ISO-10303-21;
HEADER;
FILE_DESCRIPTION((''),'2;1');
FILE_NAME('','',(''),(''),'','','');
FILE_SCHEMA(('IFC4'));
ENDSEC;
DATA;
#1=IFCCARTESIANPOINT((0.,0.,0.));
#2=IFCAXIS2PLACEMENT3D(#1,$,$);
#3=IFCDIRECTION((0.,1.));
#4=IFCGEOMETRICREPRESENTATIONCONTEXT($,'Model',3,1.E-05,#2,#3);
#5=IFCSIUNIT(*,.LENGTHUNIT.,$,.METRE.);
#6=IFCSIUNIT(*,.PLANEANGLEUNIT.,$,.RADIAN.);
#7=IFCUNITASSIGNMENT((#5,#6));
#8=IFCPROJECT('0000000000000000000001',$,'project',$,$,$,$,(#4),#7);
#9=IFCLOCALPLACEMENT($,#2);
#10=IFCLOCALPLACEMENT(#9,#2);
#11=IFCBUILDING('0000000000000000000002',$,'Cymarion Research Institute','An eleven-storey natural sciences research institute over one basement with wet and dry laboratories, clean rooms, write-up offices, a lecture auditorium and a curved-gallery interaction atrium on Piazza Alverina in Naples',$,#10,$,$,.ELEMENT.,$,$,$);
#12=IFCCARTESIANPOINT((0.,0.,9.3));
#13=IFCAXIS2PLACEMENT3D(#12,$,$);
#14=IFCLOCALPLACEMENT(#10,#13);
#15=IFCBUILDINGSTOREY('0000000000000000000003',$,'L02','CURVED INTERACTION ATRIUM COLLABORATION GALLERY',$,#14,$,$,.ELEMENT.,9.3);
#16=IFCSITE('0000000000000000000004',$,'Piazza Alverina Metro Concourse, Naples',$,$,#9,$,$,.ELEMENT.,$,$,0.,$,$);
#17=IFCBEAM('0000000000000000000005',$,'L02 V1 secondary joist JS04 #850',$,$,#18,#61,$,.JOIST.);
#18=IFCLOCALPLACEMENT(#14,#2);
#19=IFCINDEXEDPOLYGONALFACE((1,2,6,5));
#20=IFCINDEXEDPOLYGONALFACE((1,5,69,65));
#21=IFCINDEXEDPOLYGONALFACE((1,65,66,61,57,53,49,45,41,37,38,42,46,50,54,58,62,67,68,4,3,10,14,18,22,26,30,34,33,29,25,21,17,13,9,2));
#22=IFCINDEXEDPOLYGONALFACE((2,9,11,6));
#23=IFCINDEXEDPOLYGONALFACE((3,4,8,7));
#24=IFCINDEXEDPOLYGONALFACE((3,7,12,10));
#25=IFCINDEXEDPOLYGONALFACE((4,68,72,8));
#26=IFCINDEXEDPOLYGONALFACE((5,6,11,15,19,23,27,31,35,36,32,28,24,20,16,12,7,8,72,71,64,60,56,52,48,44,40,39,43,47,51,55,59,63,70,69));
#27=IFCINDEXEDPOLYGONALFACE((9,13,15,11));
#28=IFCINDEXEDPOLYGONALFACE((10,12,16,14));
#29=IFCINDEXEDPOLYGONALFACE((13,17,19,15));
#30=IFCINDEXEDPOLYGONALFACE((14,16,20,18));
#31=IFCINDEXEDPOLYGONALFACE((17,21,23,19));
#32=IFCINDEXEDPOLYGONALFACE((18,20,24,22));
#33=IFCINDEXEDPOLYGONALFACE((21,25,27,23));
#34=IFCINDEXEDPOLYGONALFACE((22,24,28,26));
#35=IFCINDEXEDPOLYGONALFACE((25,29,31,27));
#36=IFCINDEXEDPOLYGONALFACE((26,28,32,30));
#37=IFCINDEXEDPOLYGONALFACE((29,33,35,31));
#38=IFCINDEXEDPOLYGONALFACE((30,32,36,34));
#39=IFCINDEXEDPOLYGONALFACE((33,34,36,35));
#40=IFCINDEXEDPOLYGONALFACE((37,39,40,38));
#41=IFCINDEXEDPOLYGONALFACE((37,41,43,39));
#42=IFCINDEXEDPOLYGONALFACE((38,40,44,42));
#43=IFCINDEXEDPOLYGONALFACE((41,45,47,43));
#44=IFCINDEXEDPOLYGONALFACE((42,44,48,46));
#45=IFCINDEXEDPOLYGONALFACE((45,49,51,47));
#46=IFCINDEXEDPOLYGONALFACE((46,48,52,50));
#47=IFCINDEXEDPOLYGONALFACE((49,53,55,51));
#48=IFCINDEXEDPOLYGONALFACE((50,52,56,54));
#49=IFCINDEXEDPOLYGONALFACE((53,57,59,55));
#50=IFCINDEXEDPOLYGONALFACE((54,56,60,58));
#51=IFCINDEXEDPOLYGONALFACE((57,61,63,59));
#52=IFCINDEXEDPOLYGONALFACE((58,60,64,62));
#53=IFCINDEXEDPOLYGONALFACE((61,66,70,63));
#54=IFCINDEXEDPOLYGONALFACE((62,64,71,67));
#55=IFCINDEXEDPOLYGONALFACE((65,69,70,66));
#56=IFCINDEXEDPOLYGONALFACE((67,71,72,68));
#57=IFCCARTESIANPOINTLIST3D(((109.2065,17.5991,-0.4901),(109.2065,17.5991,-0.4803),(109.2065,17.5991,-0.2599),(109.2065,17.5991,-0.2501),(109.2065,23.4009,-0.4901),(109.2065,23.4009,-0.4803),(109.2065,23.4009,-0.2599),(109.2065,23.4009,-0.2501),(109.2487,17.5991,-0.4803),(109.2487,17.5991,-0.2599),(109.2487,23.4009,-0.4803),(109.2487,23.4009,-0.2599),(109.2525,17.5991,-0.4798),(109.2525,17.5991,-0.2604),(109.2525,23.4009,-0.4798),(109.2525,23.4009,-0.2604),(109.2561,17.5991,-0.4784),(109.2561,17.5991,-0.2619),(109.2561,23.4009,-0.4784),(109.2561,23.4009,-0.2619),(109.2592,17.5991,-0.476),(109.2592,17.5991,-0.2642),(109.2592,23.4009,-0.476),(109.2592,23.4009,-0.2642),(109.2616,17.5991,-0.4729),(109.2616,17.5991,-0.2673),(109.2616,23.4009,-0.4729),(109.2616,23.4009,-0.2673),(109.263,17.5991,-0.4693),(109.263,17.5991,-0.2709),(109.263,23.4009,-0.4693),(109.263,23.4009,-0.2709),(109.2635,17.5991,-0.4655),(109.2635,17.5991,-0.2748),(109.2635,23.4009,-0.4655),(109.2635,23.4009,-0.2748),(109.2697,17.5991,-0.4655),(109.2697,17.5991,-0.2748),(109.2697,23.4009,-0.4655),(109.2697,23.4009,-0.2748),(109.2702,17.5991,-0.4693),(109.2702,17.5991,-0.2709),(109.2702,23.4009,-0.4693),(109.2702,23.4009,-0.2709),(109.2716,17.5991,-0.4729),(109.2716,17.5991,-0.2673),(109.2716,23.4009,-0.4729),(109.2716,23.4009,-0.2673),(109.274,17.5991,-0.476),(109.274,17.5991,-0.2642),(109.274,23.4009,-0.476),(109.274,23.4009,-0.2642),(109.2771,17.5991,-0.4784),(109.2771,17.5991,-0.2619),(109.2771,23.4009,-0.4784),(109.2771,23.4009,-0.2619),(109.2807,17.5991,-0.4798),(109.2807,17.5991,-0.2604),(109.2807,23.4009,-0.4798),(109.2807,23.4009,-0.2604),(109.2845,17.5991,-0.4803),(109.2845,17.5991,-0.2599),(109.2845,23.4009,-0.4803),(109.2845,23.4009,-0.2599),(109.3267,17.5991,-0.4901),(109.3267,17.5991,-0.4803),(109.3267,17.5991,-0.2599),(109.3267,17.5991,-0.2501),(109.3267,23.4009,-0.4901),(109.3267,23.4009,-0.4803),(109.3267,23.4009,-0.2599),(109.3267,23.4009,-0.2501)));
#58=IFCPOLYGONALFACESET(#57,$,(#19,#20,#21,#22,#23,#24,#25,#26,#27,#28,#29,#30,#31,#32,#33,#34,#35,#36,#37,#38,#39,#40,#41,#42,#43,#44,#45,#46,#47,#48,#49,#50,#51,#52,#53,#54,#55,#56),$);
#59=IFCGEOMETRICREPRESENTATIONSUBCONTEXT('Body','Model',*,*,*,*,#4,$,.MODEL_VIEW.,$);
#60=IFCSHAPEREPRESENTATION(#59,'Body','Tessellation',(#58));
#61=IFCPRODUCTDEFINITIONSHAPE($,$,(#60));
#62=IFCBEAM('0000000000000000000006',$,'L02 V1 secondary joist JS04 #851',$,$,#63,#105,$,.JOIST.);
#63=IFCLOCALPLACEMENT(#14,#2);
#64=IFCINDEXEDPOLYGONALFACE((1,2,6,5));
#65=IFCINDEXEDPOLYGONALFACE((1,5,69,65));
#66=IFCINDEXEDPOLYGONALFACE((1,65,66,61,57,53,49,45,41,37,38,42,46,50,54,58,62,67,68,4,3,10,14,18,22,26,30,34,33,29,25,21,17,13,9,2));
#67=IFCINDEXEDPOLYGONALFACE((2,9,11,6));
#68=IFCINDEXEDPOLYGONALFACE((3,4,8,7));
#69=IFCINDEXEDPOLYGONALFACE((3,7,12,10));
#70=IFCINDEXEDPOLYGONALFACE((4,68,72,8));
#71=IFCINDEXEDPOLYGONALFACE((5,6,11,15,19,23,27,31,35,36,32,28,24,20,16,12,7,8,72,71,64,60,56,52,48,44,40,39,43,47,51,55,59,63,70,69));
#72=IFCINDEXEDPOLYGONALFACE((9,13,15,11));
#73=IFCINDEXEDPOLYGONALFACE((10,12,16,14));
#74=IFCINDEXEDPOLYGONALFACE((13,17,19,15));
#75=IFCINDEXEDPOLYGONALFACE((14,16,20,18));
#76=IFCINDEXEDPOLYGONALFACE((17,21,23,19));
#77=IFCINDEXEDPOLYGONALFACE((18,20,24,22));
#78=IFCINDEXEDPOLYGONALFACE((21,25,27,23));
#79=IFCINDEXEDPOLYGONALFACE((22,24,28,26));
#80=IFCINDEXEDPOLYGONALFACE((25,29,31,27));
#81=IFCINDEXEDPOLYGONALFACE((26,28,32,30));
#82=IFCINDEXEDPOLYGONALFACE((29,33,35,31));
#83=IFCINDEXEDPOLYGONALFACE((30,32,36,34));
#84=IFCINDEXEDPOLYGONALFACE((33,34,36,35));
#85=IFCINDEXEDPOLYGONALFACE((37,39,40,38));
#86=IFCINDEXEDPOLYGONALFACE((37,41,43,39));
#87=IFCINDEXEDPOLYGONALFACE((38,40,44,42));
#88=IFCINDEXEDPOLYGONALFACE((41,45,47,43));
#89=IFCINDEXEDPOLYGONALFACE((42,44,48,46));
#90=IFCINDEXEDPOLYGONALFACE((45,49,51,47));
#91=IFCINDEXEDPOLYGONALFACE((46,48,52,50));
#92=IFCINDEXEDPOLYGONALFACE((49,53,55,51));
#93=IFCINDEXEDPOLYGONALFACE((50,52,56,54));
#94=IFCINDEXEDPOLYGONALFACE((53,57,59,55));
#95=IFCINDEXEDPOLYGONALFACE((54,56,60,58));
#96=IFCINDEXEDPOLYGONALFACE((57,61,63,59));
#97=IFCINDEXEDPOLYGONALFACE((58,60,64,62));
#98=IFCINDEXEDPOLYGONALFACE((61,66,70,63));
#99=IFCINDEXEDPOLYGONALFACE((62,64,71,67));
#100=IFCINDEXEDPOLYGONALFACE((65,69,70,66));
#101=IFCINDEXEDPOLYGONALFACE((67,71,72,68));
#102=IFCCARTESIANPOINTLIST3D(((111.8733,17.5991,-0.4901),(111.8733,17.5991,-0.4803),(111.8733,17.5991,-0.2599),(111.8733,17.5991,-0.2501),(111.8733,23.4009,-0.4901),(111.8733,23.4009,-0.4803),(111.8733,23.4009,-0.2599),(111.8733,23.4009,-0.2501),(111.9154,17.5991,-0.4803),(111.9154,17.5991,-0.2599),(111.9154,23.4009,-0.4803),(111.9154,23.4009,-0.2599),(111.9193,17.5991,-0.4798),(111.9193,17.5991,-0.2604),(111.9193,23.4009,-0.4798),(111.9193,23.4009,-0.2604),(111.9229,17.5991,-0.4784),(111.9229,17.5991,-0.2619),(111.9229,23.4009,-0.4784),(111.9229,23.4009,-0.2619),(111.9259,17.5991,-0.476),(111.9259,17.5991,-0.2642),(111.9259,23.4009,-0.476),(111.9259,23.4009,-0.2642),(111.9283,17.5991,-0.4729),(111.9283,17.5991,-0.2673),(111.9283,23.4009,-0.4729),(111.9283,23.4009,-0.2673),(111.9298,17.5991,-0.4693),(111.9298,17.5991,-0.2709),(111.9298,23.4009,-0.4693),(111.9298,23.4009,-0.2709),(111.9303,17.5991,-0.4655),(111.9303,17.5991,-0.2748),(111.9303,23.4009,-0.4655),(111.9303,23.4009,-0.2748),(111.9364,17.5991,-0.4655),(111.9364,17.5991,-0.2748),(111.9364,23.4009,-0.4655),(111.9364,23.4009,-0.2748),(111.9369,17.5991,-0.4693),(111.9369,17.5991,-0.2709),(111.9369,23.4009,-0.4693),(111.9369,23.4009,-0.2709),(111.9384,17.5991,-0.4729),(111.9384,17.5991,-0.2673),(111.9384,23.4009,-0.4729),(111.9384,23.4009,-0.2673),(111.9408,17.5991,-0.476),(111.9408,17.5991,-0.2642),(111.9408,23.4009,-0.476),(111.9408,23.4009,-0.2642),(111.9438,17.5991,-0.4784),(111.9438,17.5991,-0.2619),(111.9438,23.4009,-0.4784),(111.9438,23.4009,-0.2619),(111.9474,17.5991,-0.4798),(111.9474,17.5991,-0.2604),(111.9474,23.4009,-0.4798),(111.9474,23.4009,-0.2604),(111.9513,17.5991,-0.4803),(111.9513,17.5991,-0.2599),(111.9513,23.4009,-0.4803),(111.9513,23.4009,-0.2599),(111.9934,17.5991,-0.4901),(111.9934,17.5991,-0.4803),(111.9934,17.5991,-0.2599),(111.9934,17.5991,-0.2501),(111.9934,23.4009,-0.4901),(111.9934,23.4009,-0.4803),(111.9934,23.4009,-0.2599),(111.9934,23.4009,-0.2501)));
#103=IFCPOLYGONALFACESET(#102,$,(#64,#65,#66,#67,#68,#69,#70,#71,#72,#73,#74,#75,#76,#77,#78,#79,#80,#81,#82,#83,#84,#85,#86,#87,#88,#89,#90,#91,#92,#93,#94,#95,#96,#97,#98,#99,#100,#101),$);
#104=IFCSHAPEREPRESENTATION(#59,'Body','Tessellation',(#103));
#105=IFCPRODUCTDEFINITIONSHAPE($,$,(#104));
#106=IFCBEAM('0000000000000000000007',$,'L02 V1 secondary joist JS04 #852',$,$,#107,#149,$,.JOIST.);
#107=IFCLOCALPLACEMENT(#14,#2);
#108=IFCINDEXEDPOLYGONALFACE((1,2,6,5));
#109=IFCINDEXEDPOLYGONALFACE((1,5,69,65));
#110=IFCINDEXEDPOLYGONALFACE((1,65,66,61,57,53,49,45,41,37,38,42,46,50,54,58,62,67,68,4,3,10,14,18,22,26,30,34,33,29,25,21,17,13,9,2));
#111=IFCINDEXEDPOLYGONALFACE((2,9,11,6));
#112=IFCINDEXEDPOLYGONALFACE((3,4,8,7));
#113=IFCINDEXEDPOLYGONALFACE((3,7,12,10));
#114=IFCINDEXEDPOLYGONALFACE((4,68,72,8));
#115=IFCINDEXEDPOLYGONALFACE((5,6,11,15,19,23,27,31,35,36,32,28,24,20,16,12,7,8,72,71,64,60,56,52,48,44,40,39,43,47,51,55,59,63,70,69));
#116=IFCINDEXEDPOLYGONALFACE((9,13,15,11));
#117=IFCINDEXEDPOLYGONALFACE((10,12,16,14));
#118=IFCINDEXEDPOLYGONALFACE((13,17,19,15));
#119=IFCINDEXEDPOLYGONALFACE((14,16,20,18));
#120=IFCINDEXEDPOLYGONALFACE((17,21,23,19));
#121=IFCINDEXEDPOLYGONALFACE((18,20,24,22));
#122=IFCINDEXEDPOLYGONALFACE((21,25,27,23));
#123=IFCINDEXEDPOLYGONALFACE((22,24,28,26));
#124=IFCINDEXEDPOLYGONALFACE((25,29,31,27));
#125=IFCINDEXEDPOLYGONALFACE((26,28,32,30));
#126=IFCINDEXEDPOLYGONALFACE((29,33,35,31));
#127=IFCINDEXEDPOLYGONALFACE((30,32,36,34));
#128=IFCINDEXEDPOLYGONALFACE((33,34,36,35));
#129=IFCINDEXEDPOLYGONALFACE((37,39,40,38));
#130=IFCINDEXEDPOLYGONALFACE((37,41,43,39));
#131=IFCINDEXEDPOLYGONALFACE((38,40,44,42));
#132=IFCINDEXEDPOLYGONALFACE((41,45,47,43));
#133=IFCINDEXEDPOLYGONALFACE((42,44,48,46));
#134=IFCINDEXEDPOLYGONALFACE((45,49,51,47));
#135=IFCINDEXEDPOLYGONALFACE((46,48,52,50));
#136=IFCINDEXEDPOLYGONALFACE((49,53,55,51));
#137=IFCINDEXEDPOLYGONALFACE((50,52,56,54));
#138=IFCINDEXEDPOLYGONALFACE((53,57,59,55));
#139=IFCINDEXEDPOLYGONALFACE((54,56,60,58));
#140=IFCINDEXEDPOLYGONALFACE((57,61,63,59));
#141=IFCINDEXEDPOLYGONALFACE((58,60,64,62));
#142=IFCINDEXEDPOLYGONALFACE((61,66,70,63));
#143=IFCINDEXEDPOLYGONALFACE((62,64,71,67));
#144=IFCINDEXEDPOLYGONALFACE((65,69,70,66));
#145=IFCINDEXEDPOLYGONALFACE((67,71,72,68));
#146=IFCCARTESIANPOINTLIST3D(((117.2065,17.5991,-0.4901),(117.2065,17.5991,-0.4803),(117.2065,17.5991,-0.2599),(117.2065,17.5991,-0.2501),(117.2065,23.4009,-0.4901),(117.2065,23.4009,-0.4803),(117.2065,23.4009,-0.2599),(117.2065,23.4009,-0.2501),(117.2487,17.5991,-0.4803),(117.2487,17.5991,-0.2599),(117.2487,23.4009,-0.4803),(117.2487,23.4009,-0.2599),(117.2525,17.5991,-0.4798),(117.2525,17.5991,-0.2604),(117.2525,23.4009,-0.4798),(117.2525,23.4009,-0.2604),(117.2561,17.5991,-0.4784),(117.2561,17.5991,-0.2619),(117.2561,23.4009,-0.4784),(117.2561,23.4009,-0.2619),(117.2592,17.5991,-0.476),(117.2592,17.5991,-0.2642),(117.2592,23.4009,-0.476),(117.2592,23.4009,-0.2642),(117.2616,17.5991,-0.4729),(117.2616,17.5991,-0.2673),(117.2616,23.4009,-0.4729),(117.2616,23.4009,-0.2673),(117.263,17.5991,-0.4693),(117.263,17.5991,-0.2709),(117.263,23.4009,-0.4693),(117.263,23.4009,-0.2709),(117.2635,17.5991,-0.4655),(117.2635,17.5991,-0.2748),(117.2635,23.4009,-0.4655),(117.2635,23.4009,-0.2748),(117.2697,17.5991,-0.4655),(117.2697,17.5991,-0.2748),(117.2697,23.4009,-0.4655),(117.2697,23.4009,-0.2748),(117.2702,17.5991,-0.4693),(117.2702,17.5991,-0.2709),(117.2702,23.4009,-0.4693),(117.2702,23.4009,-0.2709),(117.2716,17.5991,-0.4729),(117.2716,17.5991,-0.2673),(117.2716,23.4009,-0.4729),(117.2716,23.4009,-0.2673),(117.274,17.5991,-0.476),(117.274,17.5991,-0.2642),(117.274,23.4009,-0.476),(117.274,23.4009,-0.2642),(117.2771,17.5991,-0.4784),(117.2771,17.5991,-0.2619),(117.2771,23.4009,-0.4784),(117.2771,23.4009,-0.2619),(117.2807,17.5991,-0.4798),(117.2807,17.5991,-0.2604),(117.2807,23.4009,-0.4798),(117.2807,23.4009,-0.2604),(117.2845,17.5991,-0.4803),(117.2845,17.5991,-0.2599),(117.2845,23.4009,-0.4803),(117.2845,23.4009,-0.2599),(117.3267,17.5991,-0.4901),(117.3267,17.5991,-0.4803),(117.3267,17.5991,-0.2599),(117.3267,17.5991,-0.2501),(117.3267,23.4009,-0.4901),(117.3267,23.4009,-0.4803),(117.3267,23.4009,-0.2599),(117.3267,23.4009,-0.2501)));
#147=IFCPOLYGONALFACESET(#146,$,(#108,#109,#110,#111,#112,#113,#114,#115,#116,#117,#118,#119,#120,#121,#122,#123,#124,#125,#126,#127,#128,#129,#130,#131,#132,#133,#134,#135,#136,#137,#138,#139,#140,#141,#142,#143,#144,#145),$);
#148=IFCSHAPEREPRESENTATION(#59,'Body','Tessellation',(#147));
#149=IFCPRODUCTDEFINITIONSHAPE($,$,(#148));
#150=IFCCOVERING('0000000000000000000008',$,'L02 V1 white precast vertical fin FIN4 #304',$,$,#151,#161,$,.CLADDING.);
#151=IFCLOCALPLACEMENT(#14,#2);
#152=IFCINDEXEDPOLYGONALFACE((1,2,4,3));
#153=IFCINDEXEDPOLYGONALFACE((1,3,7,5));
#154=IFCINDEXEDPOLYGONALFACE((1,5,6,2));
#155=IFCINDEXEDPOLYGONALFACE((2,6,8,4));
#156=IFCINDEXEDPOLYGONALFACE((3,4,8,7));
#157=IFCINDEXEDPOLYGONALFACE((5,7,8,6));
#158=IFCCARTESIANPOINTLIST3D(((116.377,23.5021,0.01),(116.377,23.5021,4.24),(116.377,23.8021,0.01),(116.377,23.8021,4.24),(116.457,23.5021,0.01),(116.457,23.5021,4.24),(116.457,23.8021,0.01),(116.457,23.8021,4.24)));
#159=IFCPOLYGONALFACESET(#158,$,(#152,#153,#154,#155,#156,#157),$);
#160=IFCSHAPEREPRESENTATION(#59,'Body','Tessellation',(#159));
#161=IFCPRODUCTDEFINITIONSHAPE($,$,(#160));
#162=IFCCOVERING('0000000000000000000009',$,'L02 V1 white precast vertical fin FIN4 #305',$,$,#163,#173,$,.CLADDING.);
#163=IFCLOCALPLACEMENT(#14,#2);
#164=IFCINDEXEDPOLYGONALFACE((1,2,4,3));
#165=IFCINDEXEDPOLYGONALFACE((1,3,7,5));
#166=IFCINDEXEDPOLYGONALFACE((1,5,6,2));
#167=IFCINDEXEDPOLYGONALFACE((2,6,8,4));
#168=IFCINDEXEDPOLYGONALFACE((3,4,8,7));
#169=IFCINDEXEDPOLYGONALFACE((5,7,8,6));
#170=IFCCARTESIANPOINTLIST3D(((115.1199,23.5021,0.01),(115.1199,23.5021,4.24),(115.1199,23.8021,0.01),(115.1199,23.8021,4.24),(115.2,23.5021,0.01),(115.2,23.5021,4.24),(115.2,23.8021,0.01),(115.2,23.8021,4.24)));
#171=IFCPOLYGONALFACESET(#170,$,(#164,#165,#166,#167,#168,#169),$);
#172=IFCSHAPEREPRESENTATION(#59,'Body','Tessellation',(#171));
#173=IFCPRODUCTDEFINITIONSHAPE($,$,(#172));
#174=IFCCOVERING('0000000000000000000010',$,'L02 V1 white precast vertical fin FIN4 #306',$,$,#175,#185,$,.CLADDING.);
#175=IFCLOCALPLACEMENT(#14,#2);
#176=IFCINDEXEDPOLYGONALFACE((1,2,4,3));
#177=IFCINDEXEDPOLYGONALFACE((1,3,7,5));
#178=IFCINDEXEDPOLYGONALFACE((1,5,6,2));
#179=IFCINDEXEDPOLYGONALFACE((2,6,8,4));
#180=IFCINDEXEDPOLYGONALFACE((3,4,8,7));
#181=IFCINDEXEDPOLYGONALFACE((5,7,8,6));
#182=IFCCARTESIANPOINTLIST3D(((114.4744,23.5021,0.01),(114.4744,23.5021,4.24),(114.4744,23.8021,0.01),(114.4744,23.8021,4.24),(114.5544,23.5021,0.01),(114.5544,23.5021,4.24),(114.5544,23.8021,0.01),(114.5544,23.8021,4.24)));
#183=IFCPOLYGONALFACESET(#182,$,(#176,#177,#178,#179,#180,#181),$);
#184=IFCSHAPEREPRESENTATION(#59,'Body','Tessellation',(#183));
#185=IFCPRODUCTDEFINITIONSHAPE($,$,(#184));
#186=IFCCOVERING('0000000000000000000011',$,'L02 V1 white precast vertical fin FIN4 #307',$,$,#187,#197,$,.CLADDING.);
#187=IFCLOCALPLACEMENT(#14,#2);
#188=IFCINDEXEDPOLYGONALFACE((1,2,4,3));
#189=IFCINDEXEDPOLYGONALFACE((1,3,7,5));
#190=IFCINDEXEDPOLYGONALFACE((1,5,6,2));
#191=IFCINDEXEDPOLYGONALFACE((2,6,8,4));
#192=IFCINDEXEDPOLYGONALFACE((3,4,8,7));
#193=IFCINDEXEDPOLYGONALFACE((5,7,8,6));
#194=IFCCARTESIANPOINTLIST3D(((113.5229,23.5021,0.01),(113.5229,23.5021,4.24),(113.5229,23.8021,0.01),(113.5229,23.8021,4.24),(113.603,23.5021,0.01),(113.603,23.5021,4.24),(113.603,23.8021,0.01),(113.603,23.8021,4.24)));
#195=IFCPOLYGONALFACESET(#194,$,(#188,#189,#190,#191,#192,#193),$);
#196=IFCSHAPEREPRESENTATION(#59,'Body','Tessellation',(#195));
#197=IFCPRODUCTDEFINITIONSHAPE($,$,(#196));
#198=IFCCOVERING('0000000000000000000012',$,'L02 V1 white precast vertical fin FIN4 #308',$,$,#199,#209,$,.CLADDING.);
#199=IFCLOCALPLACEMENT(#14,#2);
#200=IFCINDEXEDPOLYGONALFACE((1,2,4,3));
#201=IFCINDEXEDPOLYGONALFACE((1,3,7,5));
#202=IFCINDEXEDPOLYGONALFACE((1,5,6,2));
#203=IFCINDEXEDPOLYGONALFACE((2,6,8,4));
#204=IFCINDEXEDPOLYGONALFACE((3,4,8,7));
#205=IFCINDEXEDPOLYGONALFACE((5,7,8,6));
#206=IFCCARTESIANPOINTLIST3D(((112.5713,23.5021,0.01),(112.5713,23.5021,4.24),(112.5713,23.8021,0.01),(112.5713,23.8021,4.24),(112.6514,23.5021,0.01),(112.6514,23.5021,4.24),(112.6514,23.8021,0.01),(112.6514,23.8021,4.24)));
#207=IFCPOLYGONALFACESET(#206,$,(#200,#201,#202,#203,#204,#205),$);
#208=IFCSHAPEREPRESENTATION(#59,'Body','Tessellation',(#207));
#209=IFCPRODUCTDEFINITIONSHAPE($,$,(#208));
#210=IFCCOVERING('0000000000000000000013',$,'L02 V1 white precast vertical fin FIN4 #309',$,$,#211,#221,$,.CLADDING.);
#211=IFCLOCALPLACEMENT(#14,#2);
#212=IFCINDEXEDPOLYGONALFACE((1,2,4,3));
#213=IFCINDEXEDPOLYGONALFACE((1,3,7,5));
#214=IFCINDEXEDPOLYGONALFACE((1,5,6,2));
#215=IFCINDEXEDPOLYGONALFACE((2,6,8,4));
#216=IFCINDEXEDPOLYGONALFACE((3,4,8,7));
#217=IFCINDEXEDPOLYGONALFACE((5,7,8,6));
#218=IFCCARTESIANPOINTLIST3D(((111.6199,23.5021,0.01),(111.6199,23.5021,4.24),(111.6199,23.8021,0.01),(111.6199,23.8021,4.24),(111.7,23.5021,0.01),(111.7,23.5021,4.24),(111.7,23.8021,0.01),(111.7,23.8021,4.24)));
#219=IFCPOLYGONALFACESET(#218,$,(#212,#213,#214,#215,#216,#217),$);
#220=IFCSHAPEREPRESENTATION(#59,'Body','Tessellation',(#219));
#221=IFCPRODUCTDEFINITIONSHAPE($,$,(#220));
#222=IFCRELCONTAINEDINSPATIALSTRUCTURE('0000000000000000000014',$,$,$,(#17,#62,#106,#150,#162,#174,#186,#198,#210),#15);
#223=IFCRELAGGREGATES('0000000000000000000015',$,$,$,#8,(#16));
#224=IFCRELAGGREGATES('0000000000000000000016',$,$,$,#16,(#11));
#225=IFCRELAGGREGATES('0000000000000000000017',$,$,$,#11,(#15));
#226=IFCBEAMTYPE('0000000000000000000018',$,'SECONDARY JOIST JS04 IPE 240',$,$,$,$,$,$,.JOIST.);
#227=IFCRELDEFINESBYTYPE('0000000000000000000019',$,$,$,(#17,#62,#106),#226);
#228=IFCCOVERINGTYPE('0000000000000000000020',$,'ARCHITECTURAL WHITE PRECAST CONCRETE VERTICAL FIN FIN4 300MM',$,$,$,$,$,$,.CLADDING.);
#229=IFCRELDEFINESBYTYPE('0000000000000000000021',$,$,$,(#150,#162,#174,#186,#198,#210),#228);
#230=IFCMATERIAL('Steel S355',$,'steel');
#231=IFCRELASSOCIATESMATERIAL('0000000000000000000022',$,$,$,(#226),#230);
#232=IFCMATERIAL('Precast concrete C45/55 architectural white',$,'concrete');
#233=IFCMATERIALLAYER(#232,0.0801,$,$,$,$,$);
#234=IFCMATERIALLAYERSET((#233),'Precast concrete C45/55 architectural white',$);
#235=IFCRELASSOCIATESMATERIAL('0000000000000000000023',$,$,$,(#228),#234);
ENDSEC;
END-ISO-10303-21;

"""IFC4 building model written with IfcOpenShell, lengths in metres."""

from ifc_helpers import new_model, si_unit, direction, frame, origin, origin_2d, place, context, subcontext, project, spatial, rectangle, i_section, extrude, material, layer, layer_set, material_profile, profile_set, type_object, element, save


model = new_model("IFC4")

# Units and contexts
model_context = context("Model", 3, precision=1e-05, world=origin(), true_north=direction((0.0, 1.0)))
body_context = subcontext(model_context, "Body", "Model", "MODEL_VIEW")
ifc_project = project(units=[si_unit("LENGTHUNIT", "METRE"), si_unit("PLANEANGLEUNIT", "RADIAN")], contexts=[model_context])

# Site, building, storey
site_placement = place(None, origin())
site = spatial("IfcSite", under=ifc_project, at=site_placement, Name="Piazza Alverina Metro Concourse, Naples", CompositionType="ELEMENT", RefElevation=0.0)
building_placement = place(site_placement, origin())
building = spatial("IfcBuilding", under=site, at=building_placement, Name="Cymarion Research Institute", Description="An eleven-storey natural sciences research institute over one basement with wet and dry laboratories, clean rooms, write-up offices, a lecture auditorium and a curved-gallery interaction atrium on Piazza Alverina in Naples", CompositionType="ELEMENT")
storey_placement = place(building_placement, frame((0.0, 0.0, 9.3)))
storey = spatial("IfcBuildingStorey", under=building, at=storey_placement, Name="L02", Description="CURVED INTERACTION ATRIUM COLLABORATION GALLERY", CompositionType="ELEMENT", Elevation=9.3)

# Shared definitions
ifc_material_1 = material(Name="Steel S355", Category="steel")

# Beams
ifc_material_profile_1 = material_profile(ifc_material_1, i_section(OverallWidth=0.1201, OverallDepth=0.24, WebThickness=0.0061, FlangeThickness=0.0098, FilletRadius=0.0149, at=origin_2d()), Name="IPE 240")
ifc_profile_set_1 = profile_set([ifc_material_profile_1], Name="Steel S355")
beam_type_1 = type_object("IfcBeamType", Name="SECONDARY JOIST JS04 IPE 240", PredefinedType="JOIST", material=ifc_profile_set_1)
for number, where, z_axis, x_axis, name in (
    (1, (109.2666, 17.5991, -0.3701), (0.0, 1.0, 0.0), (-1.0, 0.0, 0.0), "L02 V1 secondary joist JS04 #850"),
    (2, (111.9333, 17.5991, -0.3701), (0.0, 1.0, 0.0), (-1.0, 0.0, 0.0), "L02 V1 secondary joist JS04 #851"),
    (3, (117.2666, 17.5991, -0.3701), (0.0, 1.0, 0.0), (-1.0, 0.0, 0.0), "L02 V1 secondary joist JS04 #852"),
):
    element("IfcBeam", number, at=place(storey_placement, frame(where, z_axis=z_axis, x_axis=x_axis)), inside=storey, type_object=beam_type_1, Name=name, PredefinedType="JOIST", context=body_context, shape_type="SweptSolid", body=[
        extrude(i_section(OverallWidth=0.1201, OverallDepth=0.24, WebThickness=0.0061, FlangeThickness=0.0098, FilletRadius=0.0149, at=origin_2d()), origin(), (0.0, 0.0, 1.0), 5.8018),
    ])

# Coverings
ifc_material_2 = material(Name="Precast concrete C45/55 architectural white", Category="concrete")
ifc_layer = layer(ifc_material_2, 0.0801)
ifc_layer_set = layer_set([ifc_layer], Name="Precast concrete C45/55 architectural white")
covering_type = type_object("IfcCoveringType", Name="ARCHITECTURAL WHITE PRECAST CONCRETE VERTICAL FIN FIN4 300MM", PredefinedType="CLADDING", material=ifc_layer_set)
for number, where, z_axis, x_axis, name in (
    (4, (116.417, 23.6521, 0.01), (0.0, 0.0, 1.0), (0.0, 1.0, 0.0), "L02 V1 white precast vertical fin FIN4 #304"),
    (5, (115.1599, 23.6521, 0.01), (0.0, 0.0, 1.0), (0.0, 1.0, 0.0), "L02 V1 white precast vertical fin FIN4 #305"),
    (6, (114.5144, 23.6521, 0.01), (0.0, 0.0, 1.0), (0.0, 1.0, 0.0), "L02 V1 white precast vertical fin FIN4 #306"),
    (7, (113.563, 23.6521, 0.01), (0.0, 0.0, 1.0), (0.0, 1.0, 0.0), "L02 V1 white precast vertical fin FIN4 #307"),
    (8, (112.6113, 23.6521, 0.01), (0.0, 0.0, 1.0), (0.0, 1.0, 0.0), "L02 V1 white precast vertical fin FIN4 #308"),
    (9, (111.6599, 23.6521, 0.01), (0.0, 0.0, 1.0), (0.0, 1.0, 0.0), "L02 V1 white precast vertical fin FIN4 #309"),
):
    element("IfcCovering", number, at=place(storey_placement, frame(where, z_axis=z_axis, x_axis=x_axis)), inside=storey, type_object=covering_type, Name=name, PredefinedType="CLADDING", context=body_context, shape_type="SweptSolid", body=[
        extrude(rectangle(XDim=0.3, YDim=0.0801, at=origin_2d()), origin(), (0.0, 0.0, 1.0), 4.23),
    ])

save(model, "model.ifc")
